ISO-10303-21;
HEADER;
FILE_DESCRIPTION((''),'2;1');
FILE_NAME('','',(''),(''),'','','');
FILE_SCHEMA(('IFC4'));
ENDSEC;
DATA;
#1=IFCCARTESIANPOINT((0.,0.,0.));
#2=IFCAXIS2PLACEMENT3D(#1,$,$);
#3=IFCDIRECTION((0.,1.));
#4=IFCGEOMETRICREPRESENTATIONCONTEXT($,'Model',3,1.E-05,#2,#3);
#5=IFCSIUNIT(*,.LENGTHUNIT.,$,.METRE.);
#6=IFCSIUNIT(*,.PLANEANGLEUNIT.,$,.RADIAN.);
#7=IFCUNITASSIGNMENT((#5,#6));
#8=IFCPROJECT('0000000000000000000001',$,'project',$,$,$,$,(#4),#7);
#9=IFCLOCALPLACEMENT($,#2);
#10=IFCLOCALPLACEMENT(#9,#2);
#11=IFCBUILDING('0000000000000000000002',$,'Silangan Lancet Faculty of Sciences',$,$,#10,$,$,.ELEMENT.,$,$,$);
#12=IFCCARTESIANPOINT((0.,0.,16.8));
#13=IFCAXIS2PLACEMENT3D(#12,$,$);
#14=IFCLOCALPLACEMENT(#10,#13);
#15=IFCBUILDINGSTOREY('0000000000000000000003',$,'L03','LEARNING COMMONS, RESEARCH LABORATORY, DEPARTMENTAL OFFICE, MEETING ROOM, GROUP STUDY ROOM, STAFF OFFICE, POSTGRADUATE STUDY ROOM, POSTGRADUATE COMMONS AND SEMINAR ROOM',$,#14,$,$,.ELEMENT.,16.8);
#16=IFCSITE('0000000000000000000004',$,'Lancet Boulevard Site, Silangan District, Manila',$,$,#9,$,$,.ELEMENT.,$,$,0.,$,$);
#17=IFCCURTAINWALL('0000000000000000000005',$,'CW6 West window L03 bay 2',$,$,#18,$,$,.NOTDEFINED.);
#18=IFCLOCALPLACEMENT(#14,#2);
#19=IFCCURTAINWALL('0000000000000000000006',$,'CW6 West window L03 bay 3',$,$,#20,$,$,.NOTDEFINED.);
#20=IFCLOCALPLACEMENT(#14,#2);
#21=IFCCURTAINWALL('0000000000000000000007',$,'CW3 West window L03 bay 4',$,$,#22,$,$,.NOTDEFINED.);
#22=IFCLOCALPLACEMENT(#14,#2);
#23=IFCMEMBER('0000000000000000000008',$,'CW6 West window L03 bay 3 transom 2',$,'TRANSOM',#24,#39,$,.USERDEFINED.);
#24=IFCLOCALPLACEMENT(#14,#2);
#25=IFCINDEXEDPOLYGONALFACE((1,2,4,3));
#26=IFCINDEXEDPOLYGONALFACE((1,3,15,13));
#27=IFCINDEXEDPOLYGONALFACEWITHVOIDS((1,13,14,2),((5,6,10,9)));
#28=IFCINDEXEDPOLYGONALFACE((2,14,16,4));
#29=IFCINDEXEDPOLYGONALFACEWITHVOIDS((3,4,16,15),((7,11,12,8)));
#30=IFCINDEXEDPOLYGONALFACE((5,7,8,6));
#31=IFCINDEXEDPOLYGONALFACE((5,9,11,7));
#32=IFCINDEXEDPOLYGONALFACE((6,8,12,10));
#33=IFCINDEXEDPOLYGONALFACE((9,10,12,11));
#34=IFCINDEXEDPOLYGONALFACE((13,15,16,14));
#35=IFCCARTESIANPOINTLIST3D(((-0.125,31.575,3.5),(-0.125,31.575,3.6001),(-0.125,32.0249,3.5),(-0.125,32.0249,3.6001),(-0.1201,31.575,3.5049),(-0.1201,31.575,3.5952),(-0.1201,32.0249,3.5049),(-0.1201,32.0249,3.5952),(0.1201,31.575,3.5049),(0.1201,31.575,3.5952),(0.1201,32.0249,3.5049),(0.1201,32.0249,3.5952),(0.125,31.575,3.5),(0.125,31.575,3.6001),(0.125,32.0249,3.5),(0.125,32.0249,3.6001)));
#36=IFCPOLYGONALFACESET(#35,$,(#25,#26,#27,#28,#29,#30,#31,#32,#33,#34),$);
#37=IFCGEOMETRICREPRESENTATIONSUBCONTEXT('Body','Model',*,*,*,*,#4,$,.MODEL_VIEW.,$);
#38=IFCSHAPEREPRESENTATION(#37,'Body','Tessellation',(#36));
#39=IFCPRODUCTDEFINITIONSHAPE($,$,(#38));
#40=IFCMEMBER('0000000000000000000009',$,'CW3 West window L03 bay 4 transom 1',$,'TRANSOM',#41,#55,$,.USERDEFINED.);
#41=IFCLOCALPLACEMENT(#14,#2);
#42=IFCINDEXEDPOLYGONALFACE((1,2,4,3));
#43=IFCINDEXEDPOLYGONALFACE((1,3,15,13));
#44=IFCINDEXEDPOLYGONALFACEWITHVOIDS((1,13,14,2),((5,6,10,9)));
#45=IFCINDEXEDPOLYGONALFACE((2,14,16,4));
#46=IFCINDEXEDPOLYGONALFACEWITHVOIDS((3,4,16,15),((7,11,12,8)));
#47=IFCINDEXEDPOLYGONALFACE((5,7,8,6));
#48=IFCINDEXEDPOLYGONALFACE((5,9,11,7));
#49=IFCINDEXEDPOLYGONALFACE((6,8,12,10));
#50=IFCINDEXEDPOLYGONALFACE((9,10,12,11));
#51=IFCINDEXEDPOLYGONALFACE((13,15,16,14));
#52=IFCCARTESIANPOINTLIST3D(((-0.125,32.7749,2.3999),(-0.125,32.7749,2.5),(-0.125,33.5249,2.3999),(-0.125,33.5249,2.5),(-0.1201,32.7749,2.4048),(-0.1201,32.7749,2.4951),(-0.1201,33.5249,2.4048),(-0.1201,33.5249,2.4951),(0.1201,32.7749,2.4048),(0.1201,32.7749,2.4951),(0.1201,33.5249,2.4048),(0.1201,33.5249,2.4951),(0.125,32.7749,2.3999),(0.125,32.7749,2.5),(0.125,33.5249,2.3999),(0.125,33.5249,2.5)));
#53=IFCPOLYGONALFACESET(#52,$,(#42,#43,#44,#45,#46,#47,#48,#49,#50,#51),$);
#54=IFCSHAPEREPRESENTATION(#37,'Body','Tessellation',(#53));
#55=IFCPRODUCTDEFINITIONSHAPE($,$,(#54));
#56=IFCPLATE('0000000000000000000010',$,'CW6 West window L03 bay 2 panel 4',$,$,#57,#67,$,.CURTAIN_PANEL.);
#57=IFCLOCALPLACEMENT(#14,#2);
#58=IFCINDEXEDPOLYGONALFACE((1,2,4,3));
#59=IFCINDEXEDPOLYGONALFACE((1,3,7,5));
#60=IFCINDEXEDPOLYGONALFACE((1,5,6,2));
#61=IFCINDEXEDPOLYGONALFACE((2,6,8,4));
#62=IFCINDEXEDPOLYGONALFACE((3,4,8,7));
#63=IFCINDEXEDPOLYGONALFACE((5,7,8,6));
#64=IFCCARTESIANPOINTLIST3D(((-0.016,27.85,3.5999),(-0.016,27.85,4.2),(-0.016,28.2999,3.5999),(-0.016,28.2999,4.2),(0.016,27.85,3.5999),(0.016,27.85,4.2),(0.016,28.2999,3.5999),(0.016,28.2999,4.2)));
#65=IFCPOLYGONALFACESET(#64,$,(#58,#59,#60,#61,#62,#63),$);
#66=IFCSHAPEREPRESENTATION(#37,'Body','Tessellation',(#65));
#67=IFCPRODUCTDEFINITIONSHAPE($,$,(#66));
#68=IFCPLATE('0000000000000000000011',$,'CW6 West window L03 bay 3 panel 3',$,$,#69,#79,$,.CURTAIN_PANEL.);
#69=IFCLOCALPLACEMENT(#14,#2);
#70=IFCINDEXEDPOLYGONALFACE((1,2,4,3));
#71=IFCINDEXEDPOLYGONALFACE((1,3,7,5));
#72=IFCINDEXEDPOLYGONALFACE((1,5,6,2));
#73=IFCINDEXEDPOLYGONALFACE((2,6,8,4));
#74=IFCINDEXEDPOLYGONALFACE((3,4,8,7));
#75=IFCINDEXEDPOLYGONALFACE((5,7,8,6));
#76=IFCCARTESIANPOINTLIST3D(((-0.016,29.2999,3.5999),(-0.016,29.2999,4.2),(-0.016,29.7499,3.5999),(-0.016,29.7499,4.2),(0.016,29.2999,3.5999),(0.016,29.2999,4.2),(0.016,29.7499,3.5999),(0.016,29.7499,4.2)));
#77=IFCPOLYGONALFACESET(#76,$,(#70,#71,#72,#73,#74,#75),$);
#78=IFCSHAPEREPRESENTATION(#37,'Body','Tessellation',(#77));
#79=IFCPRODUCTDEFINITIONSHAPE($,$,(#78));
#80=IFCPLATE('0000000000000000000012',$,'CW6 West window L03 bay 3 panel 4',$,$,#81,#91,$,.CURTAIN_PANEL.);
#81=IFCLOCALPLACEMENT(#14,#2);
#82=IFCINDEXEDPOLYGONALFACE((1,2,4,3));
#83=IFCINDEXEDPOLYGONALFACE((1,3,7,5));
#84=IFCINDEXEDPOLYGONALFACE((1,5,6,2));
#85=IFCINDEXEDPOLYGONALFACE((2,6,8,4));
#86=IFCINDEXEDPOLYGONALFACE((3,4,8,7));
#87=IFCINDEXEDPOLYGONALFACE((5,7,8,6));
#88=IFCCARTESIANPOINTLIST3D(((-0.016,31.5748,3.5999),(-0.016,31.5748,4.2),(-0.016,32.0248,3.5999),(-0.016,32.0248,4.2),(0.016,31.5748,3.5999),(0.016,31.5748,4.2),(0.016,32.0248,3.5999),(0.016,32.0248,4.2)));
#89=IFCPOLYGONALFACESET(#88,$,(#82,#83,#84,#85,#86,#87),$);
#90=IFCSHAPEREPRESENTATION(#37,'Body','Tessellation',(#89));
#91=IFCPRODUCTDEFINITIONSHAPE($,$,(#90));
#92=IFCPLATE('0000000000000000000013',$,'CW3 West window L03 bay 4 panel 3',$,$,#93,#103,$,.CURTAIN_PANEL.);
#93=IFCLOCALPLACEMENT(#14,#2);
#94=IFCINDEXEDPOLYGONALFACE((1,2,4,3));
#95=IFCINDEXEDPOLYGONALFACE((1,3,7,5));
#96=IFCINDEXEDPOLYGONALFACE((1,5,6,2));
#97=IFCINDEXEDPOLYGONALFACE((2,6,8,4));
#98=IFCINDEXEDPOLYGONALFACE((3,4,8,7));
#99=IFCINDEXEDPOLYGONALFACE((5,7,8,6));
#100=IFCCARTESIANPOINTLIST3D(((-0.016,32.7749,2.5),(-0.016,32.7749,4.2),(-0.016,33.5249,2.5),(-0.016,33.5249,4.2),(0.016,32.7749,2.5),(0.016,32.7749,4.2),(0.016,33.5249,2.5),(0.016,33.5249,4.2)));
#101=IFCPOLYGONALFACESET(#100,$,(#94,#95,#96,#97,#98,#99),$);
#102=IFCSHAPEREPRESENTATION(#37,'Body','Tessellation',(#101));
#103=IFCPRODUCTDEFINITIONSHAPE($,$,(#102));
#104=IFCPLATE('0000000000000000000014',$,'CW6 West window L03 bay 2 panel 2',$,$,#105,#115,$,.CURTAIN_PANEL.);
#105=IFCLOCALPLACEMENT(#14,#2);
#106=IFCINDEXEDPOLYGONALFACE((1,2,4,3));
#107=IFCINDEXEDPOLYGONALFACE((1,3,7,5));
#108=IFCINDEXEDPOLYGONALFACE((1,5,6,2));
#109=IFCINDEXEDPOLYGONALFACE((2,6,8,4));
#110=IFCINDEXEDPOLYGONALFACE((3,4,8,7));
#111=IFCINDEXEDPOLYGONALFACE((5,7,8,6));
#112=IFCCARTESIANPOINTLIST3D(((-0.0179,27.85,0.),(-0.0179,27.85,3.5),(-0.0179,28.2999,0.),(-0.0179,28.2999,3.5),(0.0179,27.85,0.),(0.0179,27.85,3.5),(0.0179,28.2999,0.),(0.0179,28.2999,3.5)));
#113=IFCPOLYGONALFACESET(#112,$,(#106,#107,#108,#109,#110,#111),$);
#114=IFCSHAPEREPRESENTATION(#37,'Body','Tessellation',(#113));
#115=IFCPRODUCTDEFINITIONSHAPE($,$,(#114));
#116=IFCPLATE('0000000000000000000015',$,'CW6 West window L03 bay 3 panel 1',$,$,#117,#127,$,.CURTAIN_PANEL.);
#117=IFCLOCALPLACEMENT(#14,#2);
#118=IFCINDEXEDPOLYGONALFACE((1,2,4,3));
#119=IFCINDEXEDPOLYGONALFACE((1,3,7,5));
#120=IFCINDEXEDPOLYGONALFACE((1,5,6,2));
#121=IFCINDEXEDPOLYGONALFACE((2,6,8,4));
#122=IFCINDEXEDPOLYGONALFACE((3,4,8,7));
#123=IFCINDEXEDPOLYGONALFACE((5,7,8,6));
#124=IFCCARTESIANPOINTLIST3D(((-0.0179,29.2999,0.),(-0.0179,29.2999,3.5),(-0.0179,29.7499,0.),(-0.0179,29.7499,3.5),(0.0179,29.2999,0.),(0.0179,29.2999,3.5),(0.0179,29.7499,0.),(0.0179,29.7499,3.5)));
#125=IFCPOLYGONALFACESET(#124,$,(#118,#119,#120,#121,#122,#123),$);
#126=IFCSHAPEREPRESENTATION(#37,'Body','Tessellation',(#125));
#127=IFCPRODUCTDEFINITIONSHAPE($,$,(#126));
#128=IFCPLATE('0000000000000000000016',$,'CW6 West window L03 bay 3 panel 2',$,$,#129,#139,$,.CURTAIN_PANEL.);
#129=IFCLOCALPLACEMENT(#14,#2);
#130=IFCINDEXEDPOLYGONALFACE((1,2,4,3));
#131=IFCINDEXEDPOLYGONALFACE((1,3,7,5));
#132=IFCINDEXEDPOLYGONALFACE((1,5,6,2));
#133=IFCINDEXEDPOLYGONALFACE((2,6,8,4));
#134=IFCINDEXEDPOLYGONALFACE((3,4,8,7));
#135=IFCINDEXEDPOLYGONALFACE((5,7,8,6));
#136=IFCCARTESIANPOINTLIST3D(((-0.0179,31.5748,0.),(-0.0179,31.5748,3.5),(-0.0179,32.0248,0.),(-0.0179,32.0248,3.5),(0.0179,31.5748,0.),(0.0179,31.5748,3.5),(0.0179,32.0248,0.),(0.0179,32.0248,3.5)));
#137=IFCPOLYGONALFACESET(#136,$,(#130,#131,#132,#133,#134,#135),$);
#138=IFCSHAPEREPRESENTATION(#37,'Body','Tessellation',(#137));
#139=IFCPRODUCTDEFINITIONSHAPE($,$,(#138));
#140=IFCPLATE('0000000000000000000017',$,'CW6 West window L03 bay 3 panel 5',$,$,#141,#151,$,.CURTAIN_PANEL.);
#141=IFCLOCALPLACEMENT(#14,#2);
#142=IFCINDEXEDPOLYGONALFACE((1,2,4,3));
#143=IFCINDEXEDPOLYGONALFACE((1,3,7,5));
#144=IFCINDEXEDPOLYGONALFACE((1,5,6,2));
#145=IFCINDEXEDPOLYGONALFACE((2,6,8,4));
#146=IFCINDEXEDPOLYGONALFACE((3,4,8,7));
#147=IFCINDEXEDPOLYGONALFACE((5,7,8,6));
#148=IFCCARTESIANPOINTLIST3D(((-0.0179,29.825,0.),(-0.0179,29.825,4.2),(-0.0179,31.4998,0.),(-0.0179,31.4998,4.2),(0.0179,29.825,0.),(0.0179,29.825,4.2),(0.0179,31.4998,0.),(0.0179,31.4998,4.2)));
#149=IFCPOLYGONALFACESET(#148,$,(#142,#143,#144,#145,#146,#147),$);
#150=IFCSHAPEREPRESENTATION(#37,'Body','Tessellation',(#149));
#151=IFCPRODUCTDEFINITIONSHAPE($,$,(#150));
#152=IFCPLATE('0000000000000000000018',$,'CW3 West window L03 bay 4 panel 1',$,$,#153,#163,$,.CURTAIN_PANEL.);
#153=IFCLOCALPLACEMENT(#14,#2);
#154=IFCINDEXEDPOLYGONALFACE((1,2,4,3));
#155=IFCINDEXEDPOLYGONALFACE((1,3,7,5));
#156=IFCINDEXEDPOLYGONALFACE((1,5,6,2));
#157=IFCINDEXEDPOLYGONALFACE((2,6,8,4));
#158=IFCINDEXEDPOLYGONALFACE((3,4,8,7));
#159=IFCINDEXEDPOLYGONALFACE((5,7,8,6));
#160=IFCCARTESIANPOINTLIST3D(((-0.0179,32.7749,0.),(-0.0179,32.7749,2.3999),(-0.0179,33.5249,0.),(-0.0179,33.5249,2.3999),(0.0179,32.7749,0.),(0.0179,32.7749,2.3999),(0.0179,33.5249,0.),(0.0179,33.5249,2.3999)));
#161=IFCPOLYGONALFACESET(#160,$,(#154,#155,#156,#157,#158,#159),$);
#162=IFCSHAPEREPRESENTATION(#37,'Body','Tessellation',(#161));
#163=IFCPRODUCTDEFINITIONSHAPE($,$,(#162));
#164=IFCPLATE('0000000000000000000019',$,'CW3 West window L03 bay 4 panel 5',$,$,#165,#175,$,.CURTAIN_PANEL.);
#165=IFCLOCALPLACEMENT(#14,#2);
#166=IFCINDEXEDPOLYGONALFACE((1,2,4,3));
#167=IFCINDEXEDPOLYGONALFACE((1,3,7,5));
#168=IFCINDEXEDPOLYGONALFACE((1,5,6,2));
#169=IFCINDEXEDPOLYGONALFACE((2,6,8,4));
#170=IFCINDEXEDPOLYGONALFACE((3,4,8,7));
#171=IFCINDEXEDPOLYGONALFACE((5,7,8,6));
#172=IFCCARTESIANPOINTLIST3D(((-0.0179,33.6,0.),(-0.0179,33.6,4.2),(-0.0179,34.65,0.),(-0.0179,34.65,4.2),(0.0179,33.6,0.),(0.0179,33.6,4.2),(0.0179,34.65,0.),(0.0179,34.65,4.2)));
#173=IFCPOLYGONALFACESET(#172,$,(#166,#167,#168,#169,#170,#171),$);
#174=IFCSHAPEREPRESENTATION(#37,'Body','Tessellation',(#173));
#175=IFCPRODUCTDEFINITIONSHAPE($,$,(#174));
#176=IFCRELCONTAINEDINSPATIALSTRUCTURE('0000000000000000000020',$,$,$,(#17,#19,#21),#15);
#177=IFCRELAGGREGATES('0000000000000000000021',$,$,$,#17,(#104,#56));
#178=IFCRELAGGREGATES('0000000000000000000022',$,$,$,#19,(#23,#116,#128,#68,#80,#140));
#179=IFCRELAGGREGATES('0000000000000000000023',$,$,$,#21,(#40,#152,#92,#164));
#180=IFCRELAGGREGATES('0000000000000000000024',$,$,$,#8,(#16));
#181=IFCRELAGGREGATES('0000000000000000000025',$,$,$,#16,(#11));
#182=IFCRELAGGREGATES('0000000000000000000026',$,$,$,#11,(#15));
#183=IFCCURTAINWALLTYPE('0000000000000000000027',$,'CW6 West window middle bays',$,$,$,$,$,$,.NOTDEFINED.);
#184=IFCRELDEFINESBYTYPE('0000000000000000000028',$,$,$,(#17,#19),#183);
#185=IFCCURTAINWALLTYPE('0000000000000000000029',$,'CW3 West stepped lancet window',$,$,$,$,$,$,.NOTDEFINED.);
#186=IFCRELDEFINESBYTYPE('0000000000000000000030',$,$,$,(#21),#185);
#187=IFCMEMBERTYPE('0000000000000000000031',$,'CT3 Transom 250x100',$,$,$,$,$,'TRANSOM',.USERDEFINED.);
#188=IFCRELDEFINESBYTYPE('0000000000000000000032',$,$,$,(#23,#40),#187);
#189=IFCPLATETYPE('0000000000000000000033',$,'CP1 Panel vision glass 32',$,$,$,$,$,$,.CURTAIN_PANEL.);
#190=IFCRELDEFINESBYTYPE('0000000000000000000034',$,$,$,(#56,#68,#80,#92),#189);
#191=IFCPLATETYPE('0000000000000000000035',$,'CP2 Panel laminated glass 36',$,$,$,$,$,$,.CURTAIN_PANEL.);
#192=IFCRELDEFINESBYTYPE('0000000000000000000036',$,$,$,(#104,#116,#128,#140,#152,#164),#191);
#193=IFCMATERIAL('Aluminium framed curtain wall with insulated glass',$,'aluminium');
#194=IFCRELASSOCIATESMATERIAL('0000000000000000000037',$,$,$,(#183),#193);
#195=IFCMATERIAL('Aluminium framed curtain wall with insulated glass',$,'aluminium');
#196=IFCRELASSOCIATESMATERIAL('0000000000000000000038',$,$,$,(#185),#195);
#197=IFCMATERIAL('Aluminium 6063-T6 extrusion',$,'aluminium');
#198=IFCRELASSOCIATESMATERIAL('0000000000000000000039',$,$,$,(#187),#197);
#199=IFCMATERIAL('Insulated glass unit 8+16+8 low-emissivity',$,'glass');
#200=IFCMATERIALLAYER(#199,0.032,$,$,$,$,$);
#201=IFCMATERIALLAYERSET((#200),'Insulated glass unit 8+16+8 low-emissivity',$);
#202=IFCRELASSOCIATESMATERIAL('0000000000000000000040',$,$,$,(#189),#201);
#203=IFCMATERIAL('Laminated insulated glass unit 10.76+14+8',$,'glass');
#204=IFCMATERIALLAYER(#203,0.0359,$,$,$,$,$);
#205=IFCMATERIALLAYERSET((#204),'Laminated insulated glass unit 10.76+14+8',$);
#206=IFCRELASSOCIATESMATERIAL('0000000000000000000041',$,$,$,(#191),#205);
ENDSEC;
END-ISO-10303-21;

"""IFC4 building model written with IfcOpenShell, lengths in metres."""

from ifc_helpers import new_model, si_unit, direction, frame, origin, origin_2d, place, context, subcontext, project, spatial, rectangle, hollow_rectangle, extrude, material, layer, layer_set, material_profile, profile_set, type_object, element, aggregate, save


model = new_model("IFC4")

# Units and contexts
model_context = context("Model", 3, precision=1e-05, world=origin(), true_north=direction((0.0, 1.0)))
body_context = subcontext(model_context, "Body", "Model", "MODEL_VIEW")
ifc_project = project(units=[si_unit("LENGTHUNIT", "METRE"), si_unit("PLANEANGLEUNIT", "RADIAN")], contexts=[model_context])

# Site, building, storey
site_placement = place(None, origin())
site = spatial("IfcSite", under=ifc_project, at=site_placement, Name="Lancet Boulevard Site, Silangan District, Manila", CompositionType="ELEMENT", RefElevation=0.0)
building_placement = place(site_placement, origin())
building = spatial("IfcBuilding", under=site, at=building_placement, Name="Silangan Lancet Faculty of Sciences", CompositionType="ELEMENT")
storey_placement = place(building_placement, frame((0.0, 0.0, 16.8)))
storey = spatial("IfcBuildingStorey", under=building, at=storey_placement, Name="L03", Description="LEARNING COMMONS, RESEARCH LABORATORY, DEPARTMENTAL OFFICE, MEETING ROOM, GROUP STUDY ROOM, STAFF OFFICE, POSTGRADUATE STUDY ROOM, POSTGRADUATE COMMONS AND SEMINAR ROOM", CompositionType="ELEMENT", Elevation=16.8)

# Curtain wall
ifc_material_1 = material(Name="Aluminium framed curtain wall with insulated glass", Category="aluminium")
curtain_wall_type_1 = type_object("IfcCurtainWallType", Name="CW6 West window middle bays", PredefinedType="NOTDEFINED", material=ifc_material_1)
curtain_wall_1_placement = place(storey_placement, origin())
curtain_wall_1 = element("IfcCurtainWall", 1, at=curtain_wall_1_placement, inside=storey, type_object=curtain_wall_type_1, Name="CW6 West window L03 bay 2", PredefinedType="NOTDEFINED")

# Curtain walls
curtain_wall_2_placement = place(storey_placement, origin())
curtain_wall_2 = element("IfcCurtainWall", 2, at=curtain_wall_2_placement, inside=storey, type_object=curtain_wall_type_1, Name="CW6 West window L03 bay 3", PredefinedType="NOTDEFINED")
ifc_material_2 = material(Name="Aluminium framed curtain wall with insulated glass", Category="aluminium")
curtain_wall_type_2 = type_object("IfcCurtainWallType", Name="CW3 West stepped lancet window", PredefinedType="NOTDEFINED", material=ifc_material_2)
curtain_wall_3_placement = place(storey_placement, origin())
curtain_wall_3 = element("IfcCurtainWall", 3, at=curtain_wall_3_placement, inside=storey, type_object=curtain_wall_type_2, Name="CW3 West window L03 bay 4", PredefinedType="NOTDEFINED")

# Members
ifc_material_3 = material(Name="Aluminium 6063-T6 extrusion", Category="aluminium")
ifc_material_profile_1 = material_profile(ifc_material_3, hollow_rectangle(XDim=0.25, YDim=0.1001, WallThickness=0.0049, at=origin_2d()), Name="AL BOX 250x100x5")
ifc_profile_set_1 = profile_set([ifc_material_profile_1], Name="Aluminium 6063-T6 extrusion")
member_type_1 = type_object("IfcMemberType", Name="CT3 Transom 250x100", ElementType="TRANSOM", PredefinedType="USERDEFINED", material=ifc_profile_set_1)
member_1_placement = place(storey_placement, frame((0.0, 31.575, 3.55), z_axis=(0.0, 1.0, 0.0), x_axis=(-1.0, 0.0, 0.0)))
member_1 = element("IfcMember", 4, at=member_1_placement, type_object=member_type_1, Name="CW6 West window L03 bay 3 transom 2", ObjectType="TRANSOM", PredefinedType="USERDEFINED", context=body_context, shape_type="SweptSolid", body=[
    extrude(hollow_rectangle(XDim=0.25, YDim=0.1001, WallThickness=0.0049, at=origin_2d()), origin(), (0.0, 0.0, 1.0), 0.45),
])
member_2_placement = place(storey_placement, frame((0.0, 32.7749, 2.45), z_axis=(0.0, 1.0, 0.0), x_axis=(-1.0, 0.0, 0.0)))
member_2 = element("IfcMember", 5, at=member_2_placement, type_object=member_type_1, Name="CW3 West window L03 bay 4 transom 1", ObjectType="TRANSOM", PredefinedType="USERDEFINED", context=body_context, shape_type="SweptSolid", body=[
    extrude(hollow_rectangle(XDim=0.25, YDim=0.1001, WallThickness=0.0049, at=origin_2d()), origin(), (0.0, 0.0, 1.0), 0.75),
])

# Plates
ifc_material_4 = material(Name="Insulated glass unit 8+16+8 low-emissivity", Category="glass")
ifc_layer_1 = layer(ifc_material_4, 0.032)
ifc_layer_set_1 = layer_set([ifc_layer_1], Name="Insulated glass unit 8+16+8 low-emissivity")
plate_type_1 = type_object("IfcPlateType", Name="CP1 Panel vision glass 32", PredefinedType="CURTAIN_PANEL", material=ifc_layer_set_1)
plate_1_placement = place(storey_placement, frame((0.0, 28.075, 3.5999), z_axis=(0.0, 0.0, 1.0), x_axis=(0.0, 1.0, 0.0)))
plate_1 = element("IfcPlate", 6, at=plate_1_placement, type_object=plate_type_1, Name="CW6 West window L03 bay 2 panel 4", PredefinedType="CURTAIN_PANEL", context=body_context, shape_type="SweptSolid", body=[
    extrude(rectangle(XDim=0.45, YDim=0.032, at=origin_2d()), origin(), (0.0, 0.0, 1.0), 0.6001),
])
plate_2_placement = place(storey_placement, frame((0.0, 29.5249, 3.5999), z_axis=(0.0, 0.0, 1.0), x_axis=(0.0, 1.0, 0.0)))
plate_2 = element("IfcPlate", 7, at=plate_2_placement, type_object=plate_type_1, Name="CW6 West window L03 bay 3 panel 3", PredefinedType="CURTAIN_PANEL", context=body_context, shape_type="SweptSolid", body=[
    extrude(rectangle(XDim=0.45, YDim=0.032, at=origin_2d()), origin(), (0.0, 0.0, 1.0), 0.6001),
])
plate_3_placement = place(storey_placement, frame((0.0, 31.7998, 3.5999), z_axis=(0.0, 0.0, 1.0), x_axis=(0.0, 1.0, 0.0)))
plate_3 = element("IfcPlate", 8, at=plate_3_placement, type_object=plate_type_1, Name="CW6 West window L03 bay 3 panel 4", PredefinedType="CURTAIN_PANEL", context=body_context, shape_type="SweptSolid", body=[
    extrude(rectangle(XDim=0.45, YDim=0.032, at=origin_2d()), origin(), (0.0, 0.0, 1.0), 0.6001),
])
plate_4_placement = place(storey_placement, frame((0.0, 33.1499, 2.5), z_axis=(0.0, 0.0, 1.0), x_axis=(0.0, 1.0, 0.0)))
plate_4 = element("IfcPlate", 9, at=plate_4_placement, type_object=plate_type_1, Name="CW3 West window L03 bay 4 panel 3", PredefinedType="CURTAIN_PANEL", context=body_context, shape_type="SweptSolid", body=[
    extrude(rectangle(XDim=0.75, YDim=0.032, at=origin_2d()), origin(), (0.0, 0.0, 1.0), 1.7),
])
ifc_material_5 = material(Name="Laminated insulated glass unit 10.76+14+8", Category="glass")
ifc_layer_2 = layer(ifc_material_5, 0.0359)
ifc_layer_set_2 = layer_set([ifc_layer_2], Name="Laminated insulated glass unit 10.76+14+8")
plate_type_2 = type_object("IfcPlateType", Name="CP2 Panel laminated glass 36", PredefinedType="CURTAIN_PANEL", material=ifc_layer_set_2)
plate_5_placement = place(storey_placement, frame((0.0, 28.075, 0.0), z_axis=(0.0, 0.0, 1.0), x_axis=(0.0, 1.0, 0.0)))
plate_5 = element("IfcPlate", 10, at=plate_5_placement, type_object=plate_type_2, Name="CW6 West window L03 bay 2 panel 2", PredefinedType="CURTAIN_PANEL", context=body_context, shape_type="SweptSolid", body=[
    extrude(rectangle(XDim=0.45, YDim=0.0359, at=origin_2d()), origin(), (0.0, 0.0, 1.0), 3.5),
])
aggregate(curtain_wall_1, [plate_5, plate_1])
plate_6_placement = place(storey_placement, frame((0.0, 29.5249, 0.0), z_axis=(0.0, 0.0, 1.0), x_axis=(0.0, 1.0, 0.0)))
plate_6 = element("IfcPlate", 11, at=plate_6_placement, type_object=plate_type_2, Name="CW6 West window L03 bay 3 panel 1", PredefinedType="CURTAIN_PANEL", context=body_context, shape_type="SweptSolid", body=[
    extrude(rectangle(XDim=0.45, YDim=0.0359, at=origin_2d()), origin(), (0.0, 0.0, 1.0), 3.5),
])
plate_7_placement = place(storey_placement, frame((0.0, 31.7998, 0.0), z_axis=(0.0, 0.0, 1.0), x_axis=(0.0, 1.0, 0.0)))
plate_7 = element("IfcPlate", 12, at=plate_7_placement, type_object=plate_type_2, Name="CW6 West window L03 bay 3 panel 2", PredefinedType="CURTAIN_PANEL", context=body_context, shape_type="SweptSolid", body=[
    extrude(rectangle(XDim=0.45, YDim=0.0359, at=origin_2d()), origin(), (0.0, 0.0, 1.0), 3.5),
])
plate_8_placement = place(storey_placement, frame((0.0, 30.6624, 0.0), z_axis=(0.0, 0.0, 1.0), x_axis=(0.0, 1.0, 0.0)))
plate_8 = element("IfcPlate", 13, at=plate_8_placement, type_object=plate_type_2, Name="CW6 West window L03 bay 3 panel 5", PredefinedType="CURTAIN_PANEL", context=body_context, shape_type="SweptSolid", body=[
    extrude(rectangle(XDim=1.6748, YDim=0.0359, at=origin_2d()), origin(), (0.0, 0.0, 1.0), 4.2),
])
aggregate(curtain_wall_2, [member_1, plate_6, plate_7, plate_2, plate_3, plate_8])
plate_9_placement = place(storey_placement, frame((0.0, 33.1499, 0.0), z_axis=(0.0, 0.0, 1.0), x_axis=(0.0, 1.0, 0.0)))
plate_9 = element("IfcPlate", 14, at=plate_9_placement, type_object=plate_type_2, Name="CW3 West window L03 bay 4 panel 1", PredefinedType="CURTAIN_PANEL", context=body_context, shape_type="SweptSolid", body=[
    extrude(rectangle(XDim=0.75, YDim=0.0359, at=origin_2d()), origin(), (0.0, 0.0, 1.0), 2.3999),
])
plate_10_placement = place(storey_placement, frame((0.0, 34.125, 0.0), z_axis=(0.0, 0.0, 1.0), x_axis=(0.0, 1.0, 0.0)))
plate_10 = element("IfcPlate", 15, at=plate_10_placement, type_object=plate_type_2, Name="CW3 West window L03 bay 4 panel 5", PredefinedType="CURTAIN_PANEL", context=body_context, shape_type="SweptSolid", body=[
    extrude(rectangle(XDim=1.05, YDim=0.0359, at=origin_2d()), origin(), (0.0, 0.0, 1.0), 4.2),
])
aggregate(curtain_wall_3, [member_2, plate_9, plate_4, plate_10])

save(model, "model.ifc")
